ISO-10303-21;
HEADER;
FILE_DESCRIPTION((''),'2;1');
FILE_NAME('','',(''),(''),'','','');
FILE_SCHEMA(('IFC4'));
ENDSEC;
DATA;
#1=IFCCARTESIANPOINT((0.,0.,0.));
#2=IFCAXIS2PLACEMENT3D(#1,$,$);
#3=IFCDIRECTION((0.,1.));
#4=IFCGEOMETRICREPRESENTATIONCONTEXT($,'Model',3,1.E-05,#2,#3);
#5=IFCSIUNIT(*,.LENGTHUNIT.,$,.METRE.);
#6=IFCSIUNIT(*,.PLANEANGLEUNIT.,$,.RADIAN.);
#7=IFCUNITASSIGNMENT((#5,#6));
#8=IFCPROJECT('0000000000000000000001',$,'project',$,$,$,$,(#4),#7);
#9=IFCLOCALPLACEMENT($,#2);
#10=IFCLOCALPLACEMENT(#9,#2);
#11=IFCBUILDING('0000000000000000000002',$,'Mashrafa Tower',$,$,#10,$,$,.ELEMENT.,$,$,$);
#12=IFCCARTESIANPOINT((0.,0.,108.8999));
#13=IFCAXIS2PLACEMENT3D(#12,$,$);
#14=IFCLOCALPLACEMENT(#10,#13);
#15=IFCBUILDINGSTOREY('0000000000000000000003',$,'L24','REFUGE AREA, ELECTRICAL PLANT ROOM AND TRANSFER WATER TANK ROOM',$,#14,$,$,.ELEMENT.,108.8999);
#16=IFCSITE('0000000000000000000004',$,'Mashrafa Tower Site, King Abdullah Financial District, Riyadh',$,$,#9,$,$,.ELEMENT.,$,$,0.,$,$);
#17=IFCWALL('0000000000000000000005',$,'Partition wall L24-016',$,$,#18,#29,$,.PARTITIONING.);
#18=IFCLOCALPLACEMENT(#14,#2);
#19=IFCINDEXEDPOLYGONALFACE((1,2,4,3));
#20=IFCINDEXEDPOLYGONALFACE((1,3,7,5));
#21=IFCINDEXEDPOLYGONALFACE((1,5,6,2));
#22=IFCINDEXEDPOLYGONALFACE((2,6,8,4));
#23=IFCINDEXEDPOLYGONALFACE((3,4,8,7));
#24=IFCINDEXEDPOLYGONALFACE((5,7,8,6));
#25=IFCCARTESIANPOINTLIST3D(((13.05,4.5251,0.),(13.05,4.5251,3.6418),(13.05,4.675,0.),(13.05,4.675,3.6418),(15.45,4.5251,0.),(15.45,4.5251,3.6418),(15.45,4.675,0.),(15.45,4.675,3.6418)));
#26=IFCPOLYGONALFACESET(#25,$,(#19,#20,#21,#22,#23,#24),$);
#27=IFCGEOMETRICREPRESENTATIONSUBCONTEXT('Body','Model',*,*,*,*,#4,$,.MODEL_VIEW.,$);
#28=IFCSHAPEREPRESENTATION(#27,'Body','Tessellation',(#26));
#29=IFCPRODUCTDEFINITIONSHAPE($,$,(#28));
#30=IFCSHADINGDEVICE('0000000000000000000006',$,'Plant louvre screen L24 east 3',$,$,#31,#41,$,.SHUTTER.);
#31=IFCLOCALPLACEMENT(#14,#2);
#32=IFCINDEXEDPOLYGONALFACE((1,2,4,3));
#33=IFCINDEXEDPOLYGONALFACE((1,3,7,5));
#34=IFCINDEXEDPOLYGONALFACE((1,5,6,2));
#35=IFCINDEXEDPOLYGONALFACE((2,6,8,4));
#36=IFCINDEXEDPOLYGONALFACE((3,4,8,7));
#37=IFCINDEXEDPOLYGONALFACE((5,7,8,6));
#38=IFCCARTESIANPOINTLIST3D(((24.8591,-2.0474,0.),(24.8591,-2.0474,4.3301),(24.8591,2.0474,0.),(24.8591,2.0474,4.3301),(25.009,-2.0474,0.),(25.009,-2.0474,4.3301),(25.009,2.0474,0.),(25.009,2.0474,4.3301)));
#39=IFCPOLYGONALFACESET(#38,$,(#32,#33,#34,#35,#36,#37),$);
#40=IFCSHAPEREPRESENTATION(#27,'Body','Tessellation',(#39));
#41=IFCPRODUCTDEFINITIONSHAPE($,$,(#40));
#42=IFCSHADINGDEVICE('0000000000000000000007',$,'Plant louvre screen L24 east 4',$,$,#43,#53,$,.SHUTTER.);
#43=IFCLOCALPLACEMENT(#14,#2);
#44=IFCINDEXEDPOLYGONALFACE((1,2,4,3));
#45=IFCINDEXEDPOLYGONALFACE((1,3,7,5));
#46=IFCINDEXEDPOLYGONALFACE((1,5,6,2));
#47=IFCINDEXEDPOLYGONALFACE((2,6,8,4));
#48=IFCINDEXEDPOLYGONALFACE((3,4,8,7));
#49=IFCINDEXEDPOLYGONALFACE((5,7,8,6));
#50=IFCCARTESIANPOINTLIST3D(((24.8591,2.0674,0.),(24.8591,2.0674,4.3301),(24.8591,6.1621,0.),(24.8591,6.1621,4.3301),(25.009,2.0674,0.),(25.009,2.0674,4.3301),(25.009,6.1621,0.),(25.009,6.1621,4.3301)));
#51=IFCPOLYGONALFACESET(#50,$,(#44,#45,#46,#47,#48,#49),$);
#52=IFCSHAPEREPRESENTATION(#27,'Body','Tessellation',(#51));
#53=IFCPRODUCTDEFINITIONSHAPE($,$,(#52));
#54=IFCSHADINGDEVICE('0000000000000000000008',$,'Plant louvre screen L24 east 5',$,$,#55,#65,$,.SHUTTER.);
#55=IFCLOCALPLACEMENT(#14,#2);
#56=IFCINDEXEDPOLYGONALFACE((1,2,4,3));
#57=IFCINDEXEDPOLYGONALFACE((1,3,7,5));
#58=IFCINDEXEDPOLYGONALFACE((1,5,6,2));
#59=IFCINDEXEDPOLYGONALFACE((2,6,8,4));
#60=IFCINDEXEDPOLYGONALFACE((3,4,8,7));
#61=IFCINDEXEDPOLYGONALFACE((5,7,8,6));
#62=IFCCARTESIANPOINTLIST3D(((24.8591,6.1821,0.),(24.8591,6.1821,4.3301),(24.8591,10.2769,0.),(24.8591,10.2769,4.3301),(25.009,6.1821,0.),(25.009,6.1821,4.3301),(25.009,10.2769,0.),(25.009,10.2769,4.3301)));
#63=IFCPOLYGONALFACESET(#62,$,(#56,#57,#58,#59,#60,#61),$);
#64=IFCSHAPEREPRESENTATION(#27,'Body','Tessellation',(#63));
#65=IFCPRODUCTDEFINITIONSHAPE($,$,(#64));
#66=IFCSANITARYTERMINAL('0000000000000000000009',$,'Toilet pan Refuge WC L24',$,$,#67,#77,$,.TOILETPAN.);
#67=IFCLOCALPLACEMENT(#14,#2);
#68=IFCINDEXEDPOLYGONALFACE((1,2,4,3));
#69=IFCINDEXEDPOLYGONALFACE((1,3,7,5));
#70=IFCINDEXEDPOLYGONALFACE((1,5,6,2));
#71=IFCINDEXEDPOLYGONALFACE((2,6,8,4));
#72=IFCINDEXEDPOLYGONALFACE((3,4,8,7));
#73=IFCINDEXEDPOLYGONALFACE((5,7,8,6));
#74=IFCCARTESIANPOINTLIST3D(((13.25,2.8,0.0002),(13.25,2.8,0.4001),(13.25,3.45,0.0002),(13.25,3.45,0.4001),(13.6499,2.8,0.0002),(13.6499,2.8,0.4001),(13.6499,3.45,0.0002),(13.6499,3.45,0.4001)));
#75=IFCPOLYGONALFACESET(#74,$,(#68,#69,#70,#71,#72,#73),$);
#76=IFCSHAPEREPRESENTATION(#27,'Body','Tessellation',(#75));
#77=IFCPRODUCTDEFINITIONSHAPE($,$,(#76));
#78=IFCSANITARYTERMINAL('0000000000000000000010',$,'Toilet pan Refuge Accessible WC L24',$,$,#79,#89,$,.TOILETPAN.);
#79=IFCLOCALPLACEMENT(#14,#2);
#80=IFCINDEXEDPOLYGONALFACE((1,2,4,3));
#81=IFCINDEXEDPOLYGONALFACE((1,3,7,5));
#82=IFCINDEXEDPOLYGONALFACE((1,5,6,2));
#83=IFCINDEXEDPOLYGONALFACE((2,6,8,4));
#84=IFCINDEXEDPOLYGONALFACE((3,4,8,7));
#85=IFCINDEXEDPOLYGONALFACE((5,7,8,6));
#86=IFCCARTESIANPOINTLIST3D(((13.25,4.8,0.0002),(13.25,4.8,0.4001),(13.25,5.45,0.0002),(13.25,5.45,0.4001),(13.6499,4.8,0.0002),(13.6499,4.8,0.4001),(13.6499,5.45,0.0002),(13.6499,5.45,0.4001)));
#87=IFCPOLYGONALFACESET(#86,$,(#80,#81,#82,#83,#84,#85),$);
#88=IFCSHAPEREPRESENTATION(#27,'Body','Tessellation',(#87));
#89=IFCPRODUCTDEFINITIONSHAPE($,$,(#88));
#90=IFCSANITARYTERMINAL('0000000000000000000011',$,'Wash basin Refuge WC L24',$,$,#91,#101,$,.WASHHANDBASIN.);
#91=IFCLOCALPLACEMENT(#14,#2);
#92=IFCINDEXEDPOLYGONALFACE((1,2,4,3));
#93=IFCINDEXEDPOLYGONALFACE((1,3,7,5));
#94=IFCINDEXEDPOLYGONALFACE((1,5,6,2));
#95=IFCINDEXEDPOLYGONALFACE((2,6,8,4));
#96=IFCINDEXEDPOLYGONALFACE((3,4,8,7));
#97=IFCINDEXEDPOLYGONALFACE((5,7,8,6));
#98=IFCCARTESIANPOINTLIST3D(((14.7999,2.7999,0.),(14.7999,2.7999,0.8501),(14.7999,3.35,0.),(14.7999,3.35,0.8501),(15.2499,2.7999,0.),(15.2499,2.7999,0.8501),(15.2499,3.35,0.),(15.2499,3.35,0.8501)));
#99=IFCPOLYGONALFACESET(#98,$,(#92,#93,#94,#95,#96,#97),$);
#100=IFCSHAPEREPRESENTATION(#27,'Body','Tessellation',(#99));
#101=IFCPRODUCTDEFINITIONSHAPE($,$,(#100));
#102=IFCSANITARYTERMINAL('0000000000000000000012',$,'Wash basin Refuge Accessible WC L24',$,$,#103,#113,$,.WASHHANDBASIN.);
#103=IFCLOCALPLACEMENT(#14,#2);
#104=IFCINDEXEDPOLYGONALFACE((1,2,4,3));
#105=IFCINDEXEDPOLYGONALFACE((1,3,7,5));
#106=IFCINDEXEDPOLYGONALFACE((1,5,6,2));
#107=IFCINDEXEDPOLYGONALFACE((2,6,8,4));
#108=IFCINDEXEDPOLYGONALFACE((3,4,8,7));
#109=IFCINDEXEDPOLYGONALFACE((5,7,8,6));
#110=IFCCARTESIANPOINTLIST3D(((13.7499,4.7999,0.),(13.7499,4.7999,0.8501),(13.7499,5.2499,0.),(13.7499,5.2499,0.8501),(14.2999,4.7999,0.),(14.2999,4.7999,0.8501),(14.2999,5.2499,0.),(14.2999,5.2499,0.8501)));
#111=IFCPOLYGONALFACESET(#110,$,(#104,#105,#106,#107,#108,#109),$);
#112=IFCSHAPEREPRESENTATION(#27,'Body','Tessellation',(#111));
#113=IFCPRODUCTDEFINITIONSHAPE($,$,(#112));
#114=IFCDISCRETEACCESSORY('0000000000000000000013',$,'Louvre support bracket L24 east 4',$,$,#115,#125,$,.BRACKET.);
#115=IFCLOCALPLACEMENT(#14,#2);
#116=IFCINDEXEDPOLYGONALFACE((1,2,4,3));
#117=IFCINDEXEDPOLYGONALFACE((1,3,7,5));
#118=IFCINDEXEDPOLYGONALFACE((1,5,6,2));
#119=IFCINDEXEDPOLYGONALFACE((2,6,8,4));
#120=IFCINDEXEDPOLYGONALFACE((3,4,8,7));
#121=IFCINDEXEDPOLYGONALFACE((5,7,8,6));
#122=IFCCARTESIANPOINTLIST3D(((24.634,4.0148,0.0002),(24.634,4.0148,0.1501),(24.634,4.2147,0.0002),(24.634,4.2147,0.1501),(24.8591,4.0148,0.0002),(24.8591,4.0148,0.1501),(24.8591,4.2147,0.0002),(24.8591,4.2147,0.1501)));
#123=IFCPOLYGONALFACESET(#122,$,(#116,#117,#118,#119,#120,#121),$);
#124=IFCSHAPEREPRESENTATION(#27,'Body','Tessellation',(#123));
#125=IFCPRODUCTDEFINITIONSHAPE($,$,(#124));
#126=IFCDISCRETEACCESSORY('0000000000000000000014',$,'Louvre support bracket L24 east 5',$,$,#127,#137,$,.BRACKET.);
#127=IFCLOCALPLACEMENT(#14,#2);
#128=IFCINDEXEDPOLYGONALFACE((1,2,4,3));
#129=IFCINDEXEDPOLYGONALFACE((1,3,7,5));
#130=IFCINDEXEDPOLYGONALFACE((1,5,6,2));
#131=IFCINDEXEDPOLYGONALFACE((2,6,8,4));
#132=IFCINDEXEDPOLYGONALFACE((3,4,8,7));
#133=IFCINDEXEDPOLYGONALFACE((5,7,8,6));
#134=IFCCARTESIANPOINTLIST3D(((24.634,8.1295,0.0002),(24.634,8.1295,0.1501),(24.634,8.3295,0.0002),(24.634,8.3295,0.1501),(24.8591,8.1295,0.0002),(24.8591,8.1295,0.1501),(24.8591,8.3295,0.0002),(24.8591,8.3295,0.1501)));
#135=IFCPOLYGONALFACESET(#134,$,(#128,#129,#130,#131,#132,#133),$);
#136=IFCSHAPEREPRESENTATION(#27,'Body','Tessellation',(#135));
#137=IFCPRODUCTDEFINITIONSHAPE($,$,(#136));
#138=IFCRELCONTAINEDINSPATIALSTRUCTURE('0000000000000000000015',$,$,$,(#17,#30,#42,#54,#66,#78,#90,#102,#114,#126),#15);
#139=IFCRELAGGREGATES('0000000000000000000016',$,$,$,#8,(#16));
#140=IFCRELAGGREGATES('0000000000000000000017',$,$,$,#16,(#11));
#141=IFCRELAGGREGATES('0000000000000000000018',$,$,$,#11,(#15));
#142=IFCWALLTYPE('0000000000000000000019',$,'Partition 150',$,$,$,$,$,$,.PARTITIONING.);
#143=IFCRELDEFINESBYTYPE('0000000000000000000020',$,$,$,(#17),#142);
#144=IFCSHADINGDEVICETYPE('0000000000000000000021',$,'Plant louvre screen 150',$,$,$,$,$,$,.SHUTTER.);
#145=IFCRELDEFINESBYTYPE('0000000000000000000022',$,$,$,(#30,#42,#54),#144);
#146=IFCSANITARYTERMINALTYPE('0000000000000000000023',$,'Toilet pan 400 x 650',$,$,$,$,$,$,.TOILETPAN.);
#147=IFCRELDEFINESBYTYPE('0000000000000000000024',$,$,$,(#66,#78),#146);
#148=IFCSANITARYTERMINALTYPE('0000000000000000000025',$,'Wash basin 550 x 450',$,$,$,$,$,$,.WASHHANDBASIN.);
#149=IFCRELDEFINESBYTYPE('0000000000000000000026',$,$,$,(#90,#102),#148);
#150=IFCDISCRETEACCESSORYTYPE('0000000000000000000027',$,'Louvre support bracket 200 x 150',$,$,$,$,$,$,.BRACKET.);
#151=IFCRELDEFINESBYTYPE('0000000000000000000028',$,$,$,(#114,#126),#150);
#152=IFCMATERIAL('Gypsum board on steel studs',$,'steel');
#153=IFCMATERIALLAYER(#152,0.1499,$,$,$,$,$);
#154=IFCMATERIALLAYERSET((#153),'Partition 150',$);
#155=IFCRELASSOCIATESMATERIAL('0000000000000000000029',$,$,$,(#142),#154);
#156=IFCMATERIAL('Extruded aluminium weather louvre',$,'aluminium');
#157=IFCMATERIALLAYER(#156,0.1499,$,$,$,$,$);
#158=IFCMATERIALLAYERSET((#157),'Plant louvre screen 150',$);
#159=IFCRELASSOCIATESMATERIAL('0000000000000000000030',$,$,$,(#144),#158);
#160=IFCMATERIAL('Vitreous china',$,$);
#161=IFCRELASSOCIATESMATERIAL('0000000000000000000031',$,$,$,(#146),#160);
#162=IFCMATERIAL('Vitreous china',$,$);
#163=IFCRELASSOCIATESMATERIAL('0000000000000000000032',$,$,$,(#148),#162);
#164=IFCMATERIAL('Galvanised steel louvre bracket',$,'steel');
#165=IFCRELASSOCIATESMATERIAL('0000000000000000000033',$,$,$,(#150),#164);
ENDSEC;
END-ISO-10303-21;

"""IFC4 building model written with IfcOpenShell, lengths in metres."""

from ifc_helpers import new_model, si_unit, direction, frame, frame_2d, origin, origin_2d, place, context, subcontext, project, spatial, rectangle, extrude, source, transform, mapped, material, layer, layer_set, type_object, type_shapes, element, save


model = new_model("IFC4")

# Units and contexts
model_context = context("Model", 3, precision=1e-05, world=origin(), true_north=direction((0.0, 1.0)))
body_context = subcontext(model_context, "Body", "Model", "MODEL_VIEW")
ifc_project = project(units=[si_unit("LENGTHUNIT", "METRE"), si_unit("PLANEANGLEUNIT", "RADIAN")], contexts=[model_context])

# Site, building, storey
site_placement = place(None, origin())
site = spatial("IfcSite", under=ifc_project, at=site_placement, Name="Mashrafa Tower Site, King Abdullah Financial District, Riyadh", CompositionType="ELEMENT", RefElevation=0.0)
building_placement = place(site_placement, origin())
building = spatial("IfcBuilding", under=site, at=building_placement, Name="Mashrafa Tower", CompositionType="ELEMENT")
storey_placement = place(building_placement, frame((0.0, 0.0, 108.8999)))
storey = spatial("IfcBuildingStorey", under=building, at=storey_placement, Name="L24", Description="REFUGE AREA, ELECTRICAL PLANT ROOM AND TRANSFER WATER TANK ROOM", CompositionType="ELEMENT", Elevation=108.8999)

# Wall
ifc_material_1 = material(Name="Gypsum board on steel studs", Category="steel")
ifc_layer_1 = layer(ifc_material_1, 0.1499)
ifc_layer_set_1 = layer_set([ifc_layer_1], Name="Partition 150")
wall_type_1 = type_object("IfcWallType", Name="Partition 150", PredefinedType="PARTITIONING", material=ifc_layer_set_1)
wall_1_placement = place(storey_placement, frame((15.45, 4.6001, 0.0), z_axis=(0.0, 0.0, 1.0), x_axis=(-1.0, 0.0, 0.0)))
element("IfcWall", 1, at=wall_1_placement, inside=storey, type_object=wall_type_1, Name="Partition wall L24-016", PredefinedType="PARTITIONING", context=body_context, shape_type="SweptSolid", body=[
    extrude(rectangle(XDim=2.3999, YDim=0.1499, at=frame_2d((1.2, 0.0))), origin(), (0.0, 0.0, 1.0), 3.6418),
])

# Shading devices
ifc_material_2 = material(Name="Extruded aluminium weather louvre", Category="aluminium")
ifc_layer_2 = layer(ifc_material_2, 0.1499)
ifc_layer_set_2 = layer_set([ifc_layer_2], Name="Plant louvre screen 150")
shading_device_type = type_object("IfcShadingDeviceType", Name="Plant louvre screen 150", PredefinedType="SHUTTER", material=ifc_layer_set_2)
shared_shape_1 = source(origin(), body_context, "Body", "SweptSolid", [
    extrude(rectangle(XDim=4.0947, YDim=0.1499, at=origin_2d()), origin(), (0.0, 0.0, 1.0), 4.3301),
])
type_shapes(shading_device_type, [shared_shape_1])
for number, where, z_axis, x_axis, name in (
    (2, (24.9341, 0.0, 0.0), (0.0, 0.0, 1.0), (0.0, 1.0, 0.0), "Plant louvre screen L24 east 3"),
    (3, (24.9341, 4.1147, 0.0), (0.0, 0.0, 1.0), (0.0, 1.0, 0.0), "Plant louvre screen L24 east 4"),
    (4, (24.9341, 8.2295, 0.0), (0.0, 0.0, 1.0), (0.0, 1.0, 0.0), "Plant louvre screen L24 east 5"),
):
    element("IfcShadingDevice", number, at=place(storey_placement, frame(where, z_axis=z_axis, x_axis=x_axis)), inside=storey, type_object=shading_device_type, Name=name, PredefinedType="SHUTTER", context=body_context, shape_type="MappedRepresentation", body=[
        mapped(shared_shape_1, transform((0.0, 0.0, 0.0))),
    ])

# Sanitary terminals
ifc_material_3 = material(Name="Vitreous china")
sanitary_terminal_type_1 = type_object("IfcSanitaryTerminalType", Name="Toilet pan 400 x 650", PredefinedType="TOILETPAN", material=ifc_material_3)
for number, where, z_axis, x_axis, name in (
    (5, (13.45, 3.125, 0.0002), (0.0, 0.0, 1.0), (1.0, 0.0, 0.0), "Toilet pan Refuge WC L24"),
    (6, (13.45, 5.125, 0.0002), (0.0, 0.0, 1.0), (1.0, 0.0, 0.0), "Toilet pan Refuge Accessible WC L24"),
):
    element("IfcSanitaryTerminal", number, at=place(storey_placement, frame(where, z_axis=z_axis, x_axis=x_axis)), inside=storey, type_object=sanitary_terminal_type_1, Name=name, PredefinedType="TOILETPAN", context=body_context, shape_type="SweptSolid", body=[
        extrude(rectangle(XDim=0.3999, YDim=0.6499, at=origin_2d()), origin(), (0.0, 0.0, 1.0), 0.3999),
    ])
ifc_material_4 = material(Name="Vitreous china")
sanitary_terminal_type_2 = type_object("IfcSanitaryTerminalType", Name="Wash basin 550 x 450", PredefinedType="WASHHANDBASIN", material=ifc_material_4)
for number, where, z_axis, x_axis, name in (
    (7, (15.0249, 3.075, 0.0), (0.0, 0.0, 1.0), (0.0, 1.0, 0.0), "Wash basin Refuge WC L24"),
    (8, (14.0249, 5.0249, 0.0), (0.0, 0.0, 1.0), (1.0, 0.0, 0.0), "Wash basin Refuge Accessible WC L24"),
):
    element("IfcSanitaryTerminal", number, at=place(storey_placement, frame(where, z_axis=z_axis, x_axis=x_axis)), inside=storey, type_object=sanitary_terminal_type_2, Name=name, PredefinedType="WASHHANDBASIN", context=body_context, shape_type="SweptSolid", body=[
        extrude(rectangle(XDim=0.55, YDim=0.45, at=origin_2d()), origin(), (0.0, 0.0, 1.0), 0.8501),
    ])

# Discrete accessories
ifc_material_5 = material(Name="Galvanised steel louvre bracket", Category="steel")
discrete_accessory_type = type_object("IfcDiscreteAccessoryType", Name="Louvre support bracket 200 x 150", PredefinedType="BRACKET", material=ifc_material_5)
shared_shape_2 = source(origin(), body_context, "Body", "SweptSolid", [
    extrude(rectangle(XDim=0.2, YDim=0.2251, at=origin_2d()), origin(), (0.0, 0.0, 1.0), 0.1499),
])
type_shapes(discrete_accessory_type, [shared_shape_2])
for number, where, z_axis, x_axis, name in (
    (9, (24.7466, 4.1147, 0.0002), (0.0, 0.0, 1.0), (0.0, 1.0, 0.0), "Louvre support bracket L24 east 4"),
    (10, (24.7466, 8.2295, 0.0002), (0.0, 0.0, 1.0), (0.0, 1.0, 0.0), "Louvre support bracket L24 east 5"),
):
    element("IfcDiscreteAccessory", number, at=place(storey_placement, frame(where, z_axis=z_axis, x_axis=x_axis)), inside=storey, type_object=discrete_accessory_type, Name=name, PredefinedType="BRACKET", context=body_context, shape_type="MappedRepresentation", body=[
        mapped(shared_shape_2, transform((0.0, 0.0, 0.0))),
    ])

save(model, "model.ifc")
